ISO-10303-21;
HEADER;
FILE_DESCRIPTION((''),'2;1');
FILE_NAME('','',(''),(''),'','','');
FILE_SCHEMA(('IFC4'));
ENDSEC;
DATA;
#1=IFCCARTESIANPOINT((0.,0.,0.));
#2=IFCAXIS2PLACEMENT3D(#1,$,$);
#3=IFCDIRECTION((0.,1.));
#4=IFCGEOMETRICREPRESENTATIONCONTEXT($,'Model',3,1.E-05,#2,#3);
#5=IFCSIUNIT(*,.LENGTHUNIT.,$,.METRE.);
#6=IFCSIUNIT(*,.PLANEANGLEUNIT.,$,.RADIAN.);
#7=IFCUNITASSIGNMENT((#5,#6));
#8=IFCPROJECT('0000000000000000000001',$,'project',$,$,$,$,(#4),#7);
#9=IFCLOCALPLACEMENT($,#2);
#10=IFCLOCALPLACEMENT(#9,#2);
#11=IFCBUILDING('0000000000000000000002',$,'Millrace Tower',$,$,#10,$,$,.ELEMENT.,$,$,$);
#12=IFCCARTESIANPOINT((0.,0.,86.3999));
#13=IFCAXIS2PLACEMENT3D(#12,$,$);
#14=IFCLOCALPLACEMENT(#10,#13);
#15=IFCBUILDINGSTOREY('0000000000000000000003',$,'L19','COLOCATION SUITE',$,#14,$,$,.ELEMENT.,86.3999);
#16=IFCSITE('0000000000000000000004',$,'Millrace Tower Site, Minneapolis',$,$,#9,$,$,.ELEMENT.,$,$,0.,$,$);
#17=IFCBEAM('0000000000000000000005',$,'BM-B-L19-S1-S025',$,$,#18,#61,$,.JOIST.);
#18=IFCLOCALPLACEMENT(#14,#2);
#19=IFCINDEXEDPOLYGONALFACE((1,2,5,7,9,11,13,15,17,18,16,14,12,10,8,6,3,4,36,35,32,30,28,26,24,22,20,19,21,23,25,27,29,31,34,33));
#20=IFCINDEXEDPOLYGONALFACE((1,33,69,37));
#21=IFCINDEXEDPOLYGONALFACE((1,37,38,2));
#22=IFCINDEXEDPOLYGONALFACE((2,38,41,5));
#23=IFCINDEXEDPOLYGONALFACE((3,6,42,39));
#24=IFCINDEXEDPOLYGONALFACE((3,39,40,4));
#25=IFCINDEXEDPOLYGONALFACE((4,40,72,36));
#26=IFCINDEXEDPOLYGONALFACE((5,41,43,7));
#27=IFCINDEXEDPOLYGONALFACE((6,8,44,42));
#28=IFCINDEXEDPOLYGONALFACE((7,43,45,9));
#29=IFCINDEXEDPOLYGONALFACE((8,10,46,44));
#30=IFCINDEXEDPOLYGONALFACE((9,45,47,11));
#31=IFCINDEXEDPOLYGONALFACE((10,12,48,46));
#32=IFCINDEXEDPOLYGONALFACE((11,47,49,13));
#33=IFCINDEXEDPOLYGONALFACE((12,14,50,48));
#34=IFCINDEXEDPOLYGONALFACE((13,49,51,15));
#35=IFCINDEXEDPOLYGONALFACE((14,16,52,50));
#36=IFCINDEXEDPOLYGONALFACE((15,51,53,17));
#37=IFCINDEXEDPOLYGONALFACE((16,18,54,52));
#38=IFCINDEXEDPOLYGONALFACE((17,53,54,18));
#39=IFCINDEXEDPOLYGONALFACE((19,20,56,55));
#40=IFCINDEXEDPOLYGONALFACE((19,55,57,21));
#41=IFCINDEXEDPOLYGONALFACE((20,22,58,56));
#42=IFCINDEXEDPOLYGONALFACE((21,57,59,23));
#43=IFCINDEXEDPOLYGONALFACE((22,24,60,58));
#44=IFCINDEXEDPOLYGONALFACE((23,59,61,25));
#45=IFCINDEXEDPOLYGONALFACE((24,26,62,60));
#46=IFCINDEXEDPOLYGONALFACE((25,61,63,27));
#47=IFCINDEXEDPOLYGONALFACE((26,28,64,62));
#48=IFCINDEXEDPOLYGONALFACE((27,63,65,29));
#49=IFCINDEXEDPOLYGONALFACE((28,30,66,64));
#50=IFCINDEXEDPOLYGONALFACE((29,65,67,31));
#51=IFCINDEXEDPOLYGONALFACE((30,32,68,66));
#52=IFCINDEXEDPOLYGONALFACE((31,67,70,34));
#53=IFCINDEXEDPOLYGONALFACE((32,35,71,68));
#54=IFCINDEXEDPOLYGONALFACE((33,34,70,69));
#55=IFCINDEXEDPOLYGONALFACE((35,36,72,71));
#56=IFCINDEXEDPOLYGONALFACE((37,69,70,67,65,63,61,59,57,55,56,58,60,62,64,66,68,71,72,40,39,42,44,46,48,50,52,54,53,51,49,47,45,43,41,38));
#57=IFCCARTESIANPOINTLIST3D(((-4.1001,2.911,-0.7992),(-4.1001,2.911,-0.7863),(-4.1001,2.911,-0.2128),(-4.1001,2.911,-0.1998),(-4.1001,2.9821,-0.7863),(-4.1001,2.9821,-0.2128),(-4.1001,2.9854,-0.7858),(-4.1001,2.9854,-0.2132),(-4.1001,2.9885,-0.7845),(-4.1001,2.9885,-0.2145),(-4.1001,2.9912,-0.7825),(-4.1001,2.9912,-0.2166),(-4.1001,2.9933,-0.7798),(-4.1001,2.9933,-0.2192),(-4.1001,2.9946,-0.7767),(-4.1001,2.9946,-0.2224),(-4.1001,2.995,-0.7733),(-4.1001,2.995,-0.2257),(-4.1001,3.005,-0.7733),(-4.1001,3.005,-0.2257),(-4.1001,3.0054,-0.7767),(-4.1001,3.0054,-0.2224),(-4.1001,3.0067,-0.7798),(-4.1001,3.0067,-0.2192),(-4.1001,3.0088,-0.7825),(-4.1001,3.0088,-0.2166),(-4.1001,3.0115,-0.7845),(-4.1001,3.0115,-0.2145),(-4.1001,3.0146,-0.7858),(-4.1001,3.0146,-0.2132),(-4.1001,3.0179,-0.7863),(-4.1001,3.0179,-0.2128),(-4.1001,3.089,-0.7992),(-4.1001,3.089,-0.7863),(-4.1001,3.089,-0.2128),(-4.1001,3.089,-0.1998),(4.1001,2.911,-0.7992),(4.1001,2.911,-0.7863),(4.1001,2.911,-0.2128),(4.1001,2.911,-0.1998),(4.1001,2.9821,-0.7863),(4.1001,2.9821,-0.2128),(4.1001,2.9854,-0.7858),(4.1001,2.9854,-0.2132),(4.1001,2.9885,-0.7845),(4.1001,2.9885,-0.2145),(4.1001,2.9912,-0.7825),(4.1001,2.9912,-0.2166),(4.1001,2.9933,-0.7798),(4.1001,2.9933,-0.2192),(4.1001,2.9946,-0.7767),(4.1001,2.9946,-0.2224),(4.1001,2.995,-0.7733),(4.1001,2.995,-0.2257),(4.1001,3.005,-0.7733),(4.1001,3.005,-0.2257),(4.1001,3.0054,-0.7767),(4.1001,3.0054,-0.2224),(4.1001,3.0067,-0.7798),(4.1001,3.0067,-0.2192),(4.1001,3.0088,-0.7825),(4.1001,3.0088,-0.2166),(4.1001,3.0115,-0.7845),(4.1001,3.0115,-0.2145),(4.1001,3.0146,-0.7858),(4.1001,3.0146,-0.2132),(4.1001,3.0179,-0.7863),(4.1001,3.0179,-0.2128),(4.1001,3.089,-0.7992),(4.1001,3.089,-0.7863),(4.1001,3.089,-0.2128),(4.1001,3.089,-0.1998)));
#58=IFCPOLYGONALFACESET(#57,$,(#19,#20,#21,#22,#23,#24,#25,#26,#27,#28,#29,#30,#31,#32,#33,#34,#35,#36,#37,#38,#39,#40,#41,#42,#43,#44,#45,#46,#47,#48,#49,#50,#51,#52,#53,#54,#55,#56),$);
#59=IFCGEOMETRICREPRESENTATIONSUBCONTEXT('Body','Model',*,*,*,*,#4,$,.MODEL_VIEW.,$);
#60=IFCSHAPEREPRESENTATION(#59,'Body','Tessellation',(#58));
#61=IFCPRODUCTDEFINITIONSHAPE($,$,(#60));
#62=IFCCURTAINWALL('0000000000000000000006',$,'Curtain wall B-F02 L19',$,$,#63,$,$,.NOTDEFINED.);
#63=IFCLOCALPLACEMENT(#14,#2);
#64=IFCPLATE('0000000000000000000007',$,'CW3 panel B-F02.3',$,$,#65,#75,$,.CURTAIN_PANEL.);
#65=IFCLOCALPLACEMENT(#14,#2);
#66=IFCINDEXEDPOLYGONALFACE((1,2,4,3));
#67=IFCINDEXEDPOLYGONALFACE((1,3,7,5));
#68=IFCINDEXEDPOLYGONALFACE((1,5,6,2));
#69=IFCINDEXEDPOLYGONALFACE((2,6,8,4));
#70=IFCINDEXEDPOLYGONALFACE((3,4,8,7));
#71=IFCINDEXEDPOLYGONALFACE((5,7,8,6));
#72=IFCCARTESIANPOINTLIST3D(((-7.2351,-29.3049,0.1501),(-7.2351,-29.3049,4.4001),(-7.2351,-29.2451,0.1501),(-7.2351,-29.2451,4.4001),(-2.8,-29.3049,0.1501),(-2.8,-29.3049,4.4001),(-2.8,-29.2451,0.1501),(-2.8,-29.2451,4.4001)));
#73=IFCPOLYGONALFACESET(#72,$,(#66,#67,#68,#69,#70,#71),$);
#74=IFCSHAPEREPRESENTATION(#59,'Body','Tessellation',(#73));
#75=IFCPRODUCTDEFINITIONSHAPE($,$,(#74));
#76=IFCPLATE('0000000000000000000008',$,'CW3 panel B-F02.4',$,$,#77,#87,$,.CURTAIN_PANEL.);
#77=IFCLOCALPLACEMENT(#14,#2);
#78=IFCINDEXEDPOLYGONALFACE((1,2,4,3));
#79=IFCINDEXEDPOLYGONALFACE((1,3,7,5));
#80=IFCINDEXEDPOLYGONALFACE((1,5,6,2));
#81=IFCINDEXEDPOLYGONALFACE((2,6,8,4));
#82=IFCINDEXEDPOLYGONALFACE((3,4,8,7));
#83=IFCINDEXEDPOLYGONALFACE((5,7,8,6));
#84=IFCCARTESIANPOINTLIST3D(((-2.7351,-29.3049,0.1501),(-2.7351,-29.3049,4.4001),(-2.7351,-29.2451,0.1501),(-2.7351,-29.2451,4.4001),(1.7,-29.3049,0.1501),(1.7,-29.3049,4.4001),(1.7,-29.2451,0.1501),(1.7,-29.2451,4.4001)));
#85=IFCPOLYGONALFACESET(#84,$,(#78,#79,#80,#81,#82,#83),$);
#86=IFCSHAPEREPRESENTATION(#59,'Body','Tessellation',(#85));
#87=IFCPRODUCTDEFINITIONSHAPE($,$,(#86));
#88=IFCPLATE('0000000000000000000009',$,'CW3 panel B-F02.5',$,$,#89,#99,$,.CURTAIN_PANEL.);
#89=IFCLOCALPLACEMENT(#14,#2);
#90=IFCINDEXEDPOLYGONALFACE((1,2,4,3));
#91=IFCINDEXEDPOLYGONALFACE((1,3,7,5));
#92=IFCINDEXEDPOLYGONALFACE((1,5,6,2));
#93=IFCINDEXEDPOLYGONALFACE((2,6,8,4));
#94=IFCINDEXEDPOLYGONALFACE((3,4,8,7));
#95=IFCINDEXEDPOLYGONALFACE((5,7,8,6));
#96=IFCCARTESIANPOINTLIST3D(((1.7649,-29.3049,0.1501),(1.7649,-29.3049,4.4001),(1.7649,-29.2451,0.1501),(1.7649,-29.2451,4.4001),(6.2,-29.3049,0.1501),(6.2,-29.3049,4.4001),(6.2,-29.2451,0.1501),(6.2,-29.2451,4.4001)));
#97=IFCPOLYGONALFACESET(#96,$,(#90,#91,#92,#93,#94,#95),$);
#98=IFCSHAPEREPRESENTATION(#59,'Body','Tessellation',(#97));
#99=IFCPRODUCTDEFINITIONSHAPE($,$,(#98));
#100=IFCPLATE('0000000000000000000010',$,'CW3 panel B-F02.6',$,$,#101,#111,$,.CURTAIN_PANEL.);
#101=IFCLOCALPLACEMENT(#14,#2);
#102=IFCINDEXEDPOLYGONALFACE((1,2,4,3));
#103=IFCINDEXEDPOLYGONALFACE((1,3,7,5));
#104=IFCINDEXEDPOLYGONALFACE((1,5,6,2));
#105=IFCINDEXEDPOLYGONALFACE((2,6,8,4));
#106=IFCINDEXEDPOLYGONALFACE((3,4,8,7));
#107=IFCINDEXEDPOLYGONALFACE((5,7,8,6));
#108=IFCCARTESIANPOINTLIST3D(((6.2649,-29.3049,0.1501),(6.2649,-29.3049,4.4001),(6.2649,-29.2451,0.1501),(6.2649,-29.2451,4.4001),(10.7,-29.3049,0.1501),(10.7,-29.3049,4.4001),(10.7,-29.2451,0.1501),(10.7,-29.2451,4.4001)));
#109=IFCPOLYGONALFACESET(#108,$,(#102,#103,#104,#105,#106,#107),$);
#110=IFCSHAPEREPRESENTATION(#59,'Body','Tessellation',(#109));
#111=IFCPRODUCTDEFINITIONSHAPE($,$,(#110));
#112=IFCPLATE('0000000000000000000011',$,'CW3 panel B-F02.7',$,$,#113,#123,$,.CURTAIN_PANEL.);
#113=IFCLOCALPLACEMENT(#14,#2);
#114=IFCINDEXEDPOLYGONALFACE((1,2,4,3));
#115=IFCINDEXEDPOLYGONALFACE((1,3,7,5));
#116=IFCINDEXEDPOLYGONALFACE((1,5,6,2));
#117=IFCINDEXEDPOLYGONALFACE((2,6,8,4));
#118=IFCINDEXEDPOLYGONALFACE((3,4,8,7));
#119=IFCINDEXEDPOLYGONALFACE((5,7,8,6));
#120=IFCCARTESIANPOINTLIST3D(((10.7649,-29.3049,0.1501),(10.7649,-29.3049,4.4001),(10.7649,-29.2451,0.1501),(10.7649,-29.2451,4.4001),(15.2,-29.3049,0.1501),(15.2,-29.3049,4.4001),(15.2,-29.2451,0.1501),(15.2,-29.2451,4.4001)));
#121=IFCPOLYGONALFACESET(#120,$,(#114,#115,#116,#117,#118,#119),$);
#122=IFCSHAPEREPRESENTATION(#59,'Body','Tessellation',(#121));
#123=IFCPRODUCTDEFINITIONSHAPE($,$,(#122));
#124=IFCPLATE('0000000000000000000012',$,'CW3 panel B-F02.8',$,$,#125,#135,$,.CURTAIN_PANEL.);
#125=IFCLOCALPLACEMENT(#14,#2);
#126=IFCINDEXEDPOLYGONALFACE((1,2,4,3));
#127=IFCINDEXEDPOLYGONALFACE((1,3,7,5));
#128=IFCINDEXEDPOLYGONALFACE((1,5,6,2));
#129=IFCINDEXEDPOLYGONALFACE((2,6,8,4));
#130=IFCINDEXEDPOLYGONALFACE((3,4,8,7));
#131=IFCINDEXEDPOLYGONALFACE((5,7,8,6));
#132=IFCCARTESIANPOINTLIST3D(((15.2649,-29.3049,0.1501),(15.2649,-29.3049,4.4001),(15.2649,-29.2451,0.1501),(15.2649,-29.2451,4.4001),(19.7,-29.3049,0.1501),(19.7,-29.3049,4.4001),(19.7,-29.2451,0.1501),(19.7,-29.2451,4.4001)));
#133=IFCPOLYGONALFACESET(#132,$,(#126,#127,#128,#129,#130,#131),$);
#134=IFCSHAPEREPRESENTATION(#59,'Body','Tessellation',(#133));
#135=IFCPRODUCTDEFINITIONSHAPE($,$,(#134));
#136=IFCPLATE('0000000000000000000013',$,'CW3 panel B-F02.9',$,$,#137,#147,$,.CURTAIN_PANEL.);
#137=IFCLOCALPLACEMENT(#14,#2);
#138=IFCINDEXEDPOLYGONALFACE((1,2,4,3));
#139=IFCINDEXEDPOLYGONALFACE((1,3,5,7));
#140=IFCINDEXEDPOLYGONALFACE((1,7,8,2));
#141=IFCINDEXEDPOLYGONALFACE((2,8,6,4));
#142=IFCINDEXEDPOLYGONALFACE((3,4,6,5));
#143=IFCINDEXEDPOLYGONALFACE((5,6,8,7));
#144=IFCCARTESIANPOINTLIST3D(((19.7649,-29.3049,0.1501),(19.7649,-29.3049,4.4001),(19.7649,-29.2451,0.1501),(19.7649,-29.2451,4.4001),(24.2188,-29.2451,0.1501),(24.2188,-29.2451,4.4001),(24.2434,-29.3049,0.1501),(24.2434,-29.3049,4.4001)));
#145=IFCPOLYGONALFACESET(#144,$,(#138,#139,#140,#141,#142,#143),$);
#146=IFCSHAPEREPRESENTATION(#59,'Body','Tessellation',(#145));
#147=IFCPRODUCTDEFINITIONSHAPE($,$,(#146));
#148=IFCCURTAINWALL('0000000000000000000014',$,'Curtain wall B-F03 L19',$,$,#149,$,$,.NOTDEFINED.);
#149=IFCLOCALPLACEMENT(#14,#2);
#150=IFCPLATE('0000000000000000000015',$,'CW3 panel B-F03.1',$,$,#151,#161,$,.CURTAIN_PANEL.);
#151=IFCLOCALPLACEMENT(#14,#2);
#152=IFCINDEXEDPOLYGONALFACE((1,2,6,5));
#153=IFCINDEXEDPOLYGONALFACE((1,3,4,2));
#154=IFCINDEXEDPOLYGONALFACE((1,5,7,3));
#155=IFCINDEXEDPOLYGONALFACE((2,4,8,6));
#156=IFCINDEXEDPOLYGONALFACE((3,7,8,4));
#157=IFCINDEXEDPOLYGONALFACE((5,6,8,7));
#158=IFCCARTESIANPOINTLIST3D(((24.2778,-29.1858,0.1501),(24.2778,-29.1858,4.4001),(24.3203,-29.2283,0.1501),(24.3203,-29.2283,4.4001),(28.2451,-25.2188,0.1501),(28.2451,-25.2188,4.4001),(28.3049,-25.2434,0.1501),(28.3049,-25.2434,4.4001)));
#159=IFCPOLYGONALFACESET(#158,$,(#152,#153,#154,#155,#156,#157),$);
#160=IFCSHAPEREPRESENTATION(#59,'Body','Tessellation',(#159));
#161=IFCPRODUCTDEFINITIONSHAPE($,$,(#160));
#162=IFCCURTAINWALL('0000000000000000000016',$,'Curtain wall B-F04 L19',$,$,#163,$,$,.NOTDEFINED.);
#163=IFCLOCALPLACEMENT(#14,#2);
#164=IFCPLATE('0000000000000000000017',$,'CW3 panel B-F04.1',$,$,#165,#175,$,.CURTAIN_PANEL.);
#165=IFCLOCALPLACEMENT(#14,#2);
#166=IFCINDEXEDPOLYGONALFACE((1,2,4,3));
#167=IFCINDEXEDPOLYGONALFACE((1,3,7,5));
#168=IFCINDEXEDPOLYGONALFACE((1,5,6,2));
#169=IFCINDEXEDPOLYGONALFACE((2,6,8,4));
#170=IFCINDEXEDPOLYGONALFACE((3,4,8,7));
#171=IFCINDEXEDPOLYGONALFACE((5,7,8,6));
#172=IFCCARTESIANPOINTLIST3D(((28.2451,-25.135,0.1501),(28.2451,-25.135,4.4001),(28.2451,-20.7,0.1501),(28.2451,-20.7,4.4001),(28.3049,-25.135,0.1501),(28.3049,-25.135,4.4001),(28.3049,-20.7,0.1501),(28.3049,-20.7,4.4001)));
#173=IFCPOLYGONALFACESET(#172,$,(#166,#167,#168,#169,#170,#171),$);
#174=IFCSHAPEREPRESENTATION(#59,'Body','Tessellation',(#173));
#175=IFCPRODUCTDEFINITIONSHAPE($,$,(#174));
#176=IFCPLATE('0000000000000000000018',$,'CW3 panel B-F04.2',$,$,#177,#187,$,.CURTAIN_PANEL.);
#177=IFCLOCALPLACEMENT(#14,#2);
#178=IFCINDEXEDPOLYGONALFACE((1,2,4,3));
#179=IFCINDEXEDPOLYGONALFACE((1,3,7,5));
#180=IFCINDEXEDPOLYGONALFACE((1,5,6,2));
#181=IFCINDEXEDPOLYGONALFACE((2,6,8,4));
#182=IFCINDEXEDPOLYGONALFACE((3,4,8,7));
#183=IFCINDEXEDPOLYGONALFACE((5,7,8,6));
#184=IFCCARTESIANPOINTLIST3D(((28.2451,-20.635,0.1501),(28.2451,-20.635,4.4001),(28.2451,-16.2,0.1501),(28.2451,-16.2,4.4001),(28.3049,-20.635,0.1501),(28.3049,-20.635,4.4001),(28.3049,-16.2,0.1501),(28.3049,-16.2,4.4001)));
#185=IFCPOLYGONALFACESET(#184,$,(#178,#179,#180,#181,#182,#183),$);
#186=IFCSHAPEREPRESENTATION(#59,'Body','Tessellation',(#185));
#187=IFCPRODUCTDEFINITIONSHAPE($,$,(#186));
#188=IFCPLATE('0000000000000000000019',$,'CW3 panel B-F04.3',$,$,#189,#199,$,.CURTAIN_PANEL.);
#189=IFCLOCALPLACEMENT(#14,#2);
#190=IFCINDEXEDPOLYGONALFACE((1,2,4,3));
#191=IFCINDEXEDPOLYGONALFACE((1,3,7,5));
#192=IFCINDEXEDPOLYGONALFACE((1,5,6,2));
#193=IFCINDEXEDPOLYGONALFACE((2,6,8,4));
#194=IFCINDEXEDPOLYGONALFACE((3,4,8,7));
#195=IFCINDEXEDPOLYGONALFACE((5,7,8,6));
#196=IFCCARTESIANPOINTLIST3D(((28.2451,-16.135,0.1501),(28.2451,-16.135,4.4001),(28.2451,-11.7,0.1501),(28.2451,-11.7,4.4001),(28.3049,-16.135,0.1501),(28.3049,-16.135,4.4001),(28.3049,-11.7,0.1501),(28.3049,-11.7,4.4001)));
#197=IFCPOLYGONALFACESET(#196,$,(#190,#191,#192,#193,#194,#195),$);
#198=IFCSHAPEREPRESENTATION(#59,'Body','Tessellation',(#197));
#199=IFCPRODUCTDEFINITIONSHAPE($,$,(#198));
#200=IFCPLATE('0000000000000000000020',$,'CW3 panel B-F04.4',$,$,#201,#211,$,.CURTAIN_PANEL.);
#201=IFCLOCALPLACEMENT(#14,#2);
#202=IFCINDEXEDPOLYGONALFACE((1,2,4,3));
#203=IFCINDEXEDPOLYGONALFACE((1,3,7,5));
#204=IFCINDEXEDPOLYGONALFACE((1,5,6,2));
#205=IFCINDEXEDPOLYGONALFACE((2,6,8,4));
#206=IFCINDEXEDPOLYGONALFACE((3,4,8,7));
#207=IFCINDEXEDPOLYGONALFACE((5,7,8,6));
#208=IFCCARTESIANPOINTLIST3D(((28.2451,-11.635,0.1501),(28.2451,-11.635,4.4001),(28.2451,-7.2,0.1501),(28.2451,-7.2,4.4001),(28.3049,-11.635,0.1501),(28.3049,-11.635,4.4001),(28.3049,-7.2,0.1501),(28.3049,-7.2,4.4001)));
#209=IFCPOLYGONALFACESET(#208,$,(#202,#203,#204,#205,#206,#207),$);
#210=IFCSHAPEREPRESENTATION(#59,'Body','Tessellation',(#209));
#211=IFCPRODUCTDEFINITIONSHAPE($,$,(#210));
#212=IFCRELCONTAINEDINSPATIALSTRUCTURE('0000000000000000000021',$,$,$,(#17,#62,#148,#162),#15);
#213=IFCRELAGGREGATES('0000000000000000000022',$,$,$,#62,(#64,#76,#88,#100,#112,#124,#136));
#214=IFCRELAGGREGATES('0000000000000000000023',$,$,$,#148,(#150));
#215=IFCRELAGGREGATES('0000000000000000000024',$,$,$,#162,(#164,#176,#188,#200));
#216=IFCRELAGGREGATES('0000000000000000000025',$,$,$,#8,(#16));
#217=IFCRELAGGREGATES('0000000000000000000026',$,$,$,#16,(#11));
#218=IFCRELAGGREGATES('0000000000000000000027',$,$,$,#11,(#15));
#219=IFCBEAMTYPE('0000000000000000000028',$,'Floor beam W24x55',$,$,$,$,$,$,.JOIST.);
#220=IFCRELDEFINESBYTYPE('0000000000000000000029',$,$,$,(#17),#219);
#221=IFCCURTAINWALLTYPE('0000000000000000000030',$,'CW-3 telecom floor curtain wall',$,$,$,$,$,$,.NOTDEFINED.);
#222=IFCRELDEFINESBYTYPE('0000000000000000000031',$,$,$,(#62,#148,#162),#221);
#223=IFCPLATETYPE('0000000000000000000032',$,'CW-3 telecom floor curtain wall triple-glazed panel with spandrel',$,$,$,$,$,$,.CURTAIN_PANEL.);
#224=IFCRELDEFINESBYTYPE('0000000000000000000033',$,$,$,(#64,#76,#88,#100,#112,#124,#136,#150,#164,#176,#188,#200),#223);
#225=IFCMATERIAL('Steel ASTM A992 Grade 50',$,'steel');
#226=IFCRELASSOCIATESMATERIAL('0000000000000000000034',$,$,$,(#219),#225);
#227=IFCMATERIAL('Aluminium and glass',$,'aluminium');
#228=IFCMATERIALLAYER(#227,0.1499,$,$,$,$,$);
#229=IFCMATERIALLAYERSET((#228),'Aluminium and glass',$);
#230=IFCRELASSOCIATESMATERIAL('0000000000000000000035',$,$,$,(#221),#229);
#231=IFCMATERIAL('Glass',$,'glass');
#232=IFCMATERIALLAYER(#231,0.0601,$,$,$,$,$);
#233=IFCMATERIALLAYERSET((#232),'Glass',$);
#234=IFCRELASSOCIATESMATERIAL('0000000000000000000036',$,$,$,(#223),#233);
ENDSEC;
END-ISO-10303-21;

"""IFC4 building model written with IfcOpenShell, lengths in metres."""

from ifc_helpers import new_model, si_unit, direction, frame, origin, origin_2d, place, context, subcontext, project, spatial, polyline, i_section, outline, extrude, material, layer, layer_set, material_profile, profile_set, type_object, element, aggregate, save


model = new_model("IFC4")

# Units and contexts
model_context = context("Model", 3, precision=1e-05, world=origin(), true_north=direction((0.0, 1.0)))
body_context = subcontext(model_context, "Body", "Model", "MODEL_VIEW")
ifc_project = project(units=[si_unit("LENGTHUNIT", "METRE"), si_unit("PLANEANGLEUNIT", "RADIAN")], contexts=[model_context])

# Site, building, storey
site_placement = place(None, origin())
site = spatial("IfcSite", under=ifc_project, at=site_placement, Name="Millrace Tower Site, Minneapolis", CompositionType="ELEMENT", RefElevation=0.0)
building_placement = place(site_placement, origin())
building = spatial("IfcBuilding", under=site, at=building_placement, Name="Millrace Tower", CompositionType="ELEMENT")
storey_placement = place(building_placement, frame((0.0, 0.0, 86.3999)))
storey = spatial("IfcBuildingStorey", under=building, at=storey_placement, Name="L19", Description="COLOCATION SUITE", CompositionType="ELEMENT", Elevation=86.3999)

# Beam
ifc_material_1 = material(Name="Steel ASTM A992 Grade 50", Category="steel")
ifc_material_profile = material_profile(ifc_material_1, i_section(OverallWidth=0.178, OverallDepth=0.5994, WebThickness=0.01, FlangeThickness=0.0129, FilletRadius=0.0129, at=origin_2d()))
ifc_profile_set = profile_set([ifc_material_profile], Name="Steel ASTM A992 Grade 50")
beam_type = type_object("IfcBeamType", Name="Floor beam W24x55", PredefinedType="JOIST", material=ifc_profile_set)
beam_placement = place(storey_placement, frame((-4.1001, 3.0, -0.4995), z_axis=(1.0, 0.0, 0.0), x_axis=(0.0, 1.0, 0.0)))
element("IfcBeam", 1, at=beam_placement, inside=storey, type_object=beam_type, Name="BM-B-L19-S1-S025", PredefinedType="JOIST", context=body_context, shape_type="SweptSolid", body=[
    extrude(i_section(OverallWidth=0.178, OverallDepth=0.5994, WebThickness=0.01, FlangeThickness=0.0129, FilletRadius=0.0129, at=origin_2d()), origin(), (0.0, 0.0, 1.0), 8.2002),
])

# Curtain wall, plates
ifc_material_2 = material(Name="Aluminium and glass", Category="aluminium")
ifc_layer_1 = layer(ifc_material_2, 0.1499)
ifc_layer_set_1 = layer_set([ifc_layer_1], Name="Aluminium and glass")
curtain_wall_type = type_object("IfcCurtainWallType", Name="CW-3 telecom floor curtain wall", PredefinedType="NOTDEFINED", material=ifc_layer_set_1)
placement_1 = place(storey_placement, origin())
curtain_wall_1 = element("IfcCurtainWall", 2, at=placement_1, inside=storey, type_object=curtain_wall_type, Name="Curtain wall B-F02 L19", PredefinedType="NOTDEFINED")
ifc_material_3 = material(Name="Glass", Category="glass")
ifc_layer_2 = layer(ifc_material_3, 0.0601)
ifc_layer_set_2 = layer_set([ifc_layer_2], Name="Glass")
plate_type = type_object("IfcPlateType", Name="CW-3 telecom floor curtain wall triple-glazed panel with spandrel", PredefinedType="CURTAIN_PANEL", material=ifc_layer_set_2)
placement_2 = place(storey_placement, frame((0.0, 0.0, 0.1501)))
plate_1 = element("IfcPlate", 3, at=placement_2, type_object=plate_type, Name="CW3 panel B-F02.3", PredefinedType="CURTAIN_PANEL", context=body_context, shape_type="SweptSolid", body=[
    extrude(outline(polyline([(-7.2351, -29.3049), (-2.8, -29.3049), (-2.8, -29.2451), (-7.2351, -29.2451), (-7.2351, -29.3049)])), origin(), (0.0, 0.0, 1.0), 4.25),
])
plate_2 = element("IfcPlate", 4, at=placement_2, type_object=plate_type, Name="CW3 panel B-F02.4", PredefinedType="CURTAIN_PANEL", context=body_context, shape_type="SweptSolid", body=[
    extrude(outline(polyline([(-2.7351, -29.3049), (1.7, -29.3049), (1.7, -29.2451), (-2.7351, -29.2451), (-2.7351, -29.3049)])), origin(), (0.0, 0.0, 1.0), 4.25),
])
plate_3 = element("IfcPlate", 5, at=placement_2, type_object=plate_type, Name="CW3 panel B-F02.5", PredefinedType="CURTAIN_PANEL", context=body_context, shape_type="SweptSolid", body=[
    extrude(outline(polyline([(1.7649, -29.3049), (6.2, -29.3049), (6.2, -29.2451), (1.7649, -29.2451), (1.7649, -29.3049)])), origin(), (0.0, 0.0, 1.0), 4.25),
])
plate_4 = element("IfcPlate", 6, at=placement_2, type_object=plate_type, Name="CW3 panel B-F02.6", PredefinedType="CURTAIN_PANEL", context=body_context, shape_type="SweptSolid", body=[
    extrude(outline(polyline([(6.2649, -29.3049), (10.7, -29.3049), (10.7, -29.2451), (6.2649, -29.2451), (6.2649, -29.3049)])), origin(), (0.0, 0.0, 1.0), 4.25),
])
plate_5 = element("IfcPlate", 7, at=placement_2, type_object=plate_type, Name="CW3 panel B-F02.7", PredefinedType="CURTAIN_PANEL", context=body_context, shape_type="SweptSolid", body=[
    extrude(outline(polyline([(10.7649, -29.3049), (15.2, -29.3049), (15.2, -29.2451), (10.7649, -29.2451), (10.7649, -29.3049)])), origin(), (0.0, 0.0, 1.0), 4.25),
])
plate_6 = element("IfcPlate", 8, at=placement_2, type_object=plate_type, Name="CW3 panel B-F02.8", PredefinedType="CURTAIN_PANEL", context=body_context, shape_type="SweptSolid", body=[
    extrude(outline(polyline([(15.2649, -29.3049), (19.7, -29.3049), (19.7, -29.2451), (15.2649, -29.2451), (15.2649, -29.3049)])), origin(), (0.0, 0.0, 1.0), 4.25),
])
plate_7 = element("IfcPlate", 9, at=placement_2, type_object=plate_type, Name="CW3 panel B-F02.9", PredefinedType="CURTAIN_PANEL", context=body_context, shape_type="SweptSolid", body=[
    extrude(outline(polyline([(19.7649, -29.3049), (24.2434, -29.3049), (24.2188, -29.2451), (19.7649, -29.2451), (19.7649, -29.3049)])), origin(), (0.0, 0.0, 1.0), 4.25),
])
aggregate(curtain_wall_1, [plate_1, plate_2, plate_3, plate_4, plate_5, plate_6, plate_7])

# Curtain wall, plate
curtain_wall_2 = element("IfcCurtainWall", 10, at=placement_1, inside=storey, type_object=curtain_wall_type, Name="Curtain wall B-F03 L19", PredefinedType="NOTDEFINED")
plate_8 = element("IfcPlate", 11, at=placement_2, type_object=plate_type, Name="CW3 panel B-F03.1", PredefinedType="CURTAIN_PANEL", context=body_context, shape_type="SweptSolid", body=[
    extrude(outline(polyline([(24.3203, -29.2283), (28.3049, -25.2434), (28.2451, -25.2188), (24.2778, -29.1858), (24.3203, -29.2283)])), origin(), (0.0, 0.0, 1.0), 4.25),
])
aggregate(curtain_wall_2, [plate_8])

# Curtain wall, plates
curtain_wall_3 = element("IfcCurtainWall", 12, at=placement_1, inside=storey, type_object=curtain_wall_type, Name="Curtain wall B-F04 L19", PredefinedType="NOTDEFINED")
plate_9 = element("IfcPlate", 13, at=placement_2, type_object=plate_type, Name="CW3 panel B-F04.1", PredefinedType="CURTAIN_PANEL", context=body_context, shape_type="SweptSolid", body=[
    extrude(outline(polyline([(28.3049, -25.135), (28.3049, -20.7), (28.2451, -20.7), (28.2451, -25.135), (28.3049, -25.135)])), origin(), (0.0, 0.0, 1.0), 4.25),
])
plate_10 = element("IfcPlate", 14, at=placement_2, type_object=plate_type, Name="CW3 panel B-F04.2", PredefinedType="CURTAIN_PANEL", context=body_context, shape_type="SweptSolid", body=[
    extrude(outline(polyline([(28.3049, -20.635), (28.3049, -16.2), (28.2451, -16.2), (28.2451, -20.635), (28.3049, -20.635)])), origin(), (0.0, 0.0, 1.0), 4.25),
])
plate_11 = element("IfcPlate", 15, at=placement_2, type_object=plate_type, Name="CW3 panel B-F04.3", PredefinedType="CURTAIN_PANEL", context=body_context, shape_type="SweptSolid", body=[
    extrude(outline(polyline([(28.3049, -16.135), (28.3049, -11.7), (28.2451, -11.7), (28.2451, -16.135), (28.3049, -16.135)])), origin(), (0.0, 0.0, 1.0), 4.25),
])
plate_12 = element("IfcPlate", 16, at=placement_2, type_object=plate_type, Name="CW3 panel B-F04.4", PredefinedType="CURTAIN_PANEL", context=body_context, shape_type="SweptSolid", body=[
    extrude(outline(polyline([(28.3049, -11.635), (28.3049, -7.2), (28.2451, -7.2), (28.2451, -11.635), (28.3049, -11.635)])), origin(), (0.0, 0.0, 1.0), 4.25),
])
aggregate(curtain_wall_3, [plate_9, plate_10, plate_11, plate_12])

save(model, "model.ifc")
